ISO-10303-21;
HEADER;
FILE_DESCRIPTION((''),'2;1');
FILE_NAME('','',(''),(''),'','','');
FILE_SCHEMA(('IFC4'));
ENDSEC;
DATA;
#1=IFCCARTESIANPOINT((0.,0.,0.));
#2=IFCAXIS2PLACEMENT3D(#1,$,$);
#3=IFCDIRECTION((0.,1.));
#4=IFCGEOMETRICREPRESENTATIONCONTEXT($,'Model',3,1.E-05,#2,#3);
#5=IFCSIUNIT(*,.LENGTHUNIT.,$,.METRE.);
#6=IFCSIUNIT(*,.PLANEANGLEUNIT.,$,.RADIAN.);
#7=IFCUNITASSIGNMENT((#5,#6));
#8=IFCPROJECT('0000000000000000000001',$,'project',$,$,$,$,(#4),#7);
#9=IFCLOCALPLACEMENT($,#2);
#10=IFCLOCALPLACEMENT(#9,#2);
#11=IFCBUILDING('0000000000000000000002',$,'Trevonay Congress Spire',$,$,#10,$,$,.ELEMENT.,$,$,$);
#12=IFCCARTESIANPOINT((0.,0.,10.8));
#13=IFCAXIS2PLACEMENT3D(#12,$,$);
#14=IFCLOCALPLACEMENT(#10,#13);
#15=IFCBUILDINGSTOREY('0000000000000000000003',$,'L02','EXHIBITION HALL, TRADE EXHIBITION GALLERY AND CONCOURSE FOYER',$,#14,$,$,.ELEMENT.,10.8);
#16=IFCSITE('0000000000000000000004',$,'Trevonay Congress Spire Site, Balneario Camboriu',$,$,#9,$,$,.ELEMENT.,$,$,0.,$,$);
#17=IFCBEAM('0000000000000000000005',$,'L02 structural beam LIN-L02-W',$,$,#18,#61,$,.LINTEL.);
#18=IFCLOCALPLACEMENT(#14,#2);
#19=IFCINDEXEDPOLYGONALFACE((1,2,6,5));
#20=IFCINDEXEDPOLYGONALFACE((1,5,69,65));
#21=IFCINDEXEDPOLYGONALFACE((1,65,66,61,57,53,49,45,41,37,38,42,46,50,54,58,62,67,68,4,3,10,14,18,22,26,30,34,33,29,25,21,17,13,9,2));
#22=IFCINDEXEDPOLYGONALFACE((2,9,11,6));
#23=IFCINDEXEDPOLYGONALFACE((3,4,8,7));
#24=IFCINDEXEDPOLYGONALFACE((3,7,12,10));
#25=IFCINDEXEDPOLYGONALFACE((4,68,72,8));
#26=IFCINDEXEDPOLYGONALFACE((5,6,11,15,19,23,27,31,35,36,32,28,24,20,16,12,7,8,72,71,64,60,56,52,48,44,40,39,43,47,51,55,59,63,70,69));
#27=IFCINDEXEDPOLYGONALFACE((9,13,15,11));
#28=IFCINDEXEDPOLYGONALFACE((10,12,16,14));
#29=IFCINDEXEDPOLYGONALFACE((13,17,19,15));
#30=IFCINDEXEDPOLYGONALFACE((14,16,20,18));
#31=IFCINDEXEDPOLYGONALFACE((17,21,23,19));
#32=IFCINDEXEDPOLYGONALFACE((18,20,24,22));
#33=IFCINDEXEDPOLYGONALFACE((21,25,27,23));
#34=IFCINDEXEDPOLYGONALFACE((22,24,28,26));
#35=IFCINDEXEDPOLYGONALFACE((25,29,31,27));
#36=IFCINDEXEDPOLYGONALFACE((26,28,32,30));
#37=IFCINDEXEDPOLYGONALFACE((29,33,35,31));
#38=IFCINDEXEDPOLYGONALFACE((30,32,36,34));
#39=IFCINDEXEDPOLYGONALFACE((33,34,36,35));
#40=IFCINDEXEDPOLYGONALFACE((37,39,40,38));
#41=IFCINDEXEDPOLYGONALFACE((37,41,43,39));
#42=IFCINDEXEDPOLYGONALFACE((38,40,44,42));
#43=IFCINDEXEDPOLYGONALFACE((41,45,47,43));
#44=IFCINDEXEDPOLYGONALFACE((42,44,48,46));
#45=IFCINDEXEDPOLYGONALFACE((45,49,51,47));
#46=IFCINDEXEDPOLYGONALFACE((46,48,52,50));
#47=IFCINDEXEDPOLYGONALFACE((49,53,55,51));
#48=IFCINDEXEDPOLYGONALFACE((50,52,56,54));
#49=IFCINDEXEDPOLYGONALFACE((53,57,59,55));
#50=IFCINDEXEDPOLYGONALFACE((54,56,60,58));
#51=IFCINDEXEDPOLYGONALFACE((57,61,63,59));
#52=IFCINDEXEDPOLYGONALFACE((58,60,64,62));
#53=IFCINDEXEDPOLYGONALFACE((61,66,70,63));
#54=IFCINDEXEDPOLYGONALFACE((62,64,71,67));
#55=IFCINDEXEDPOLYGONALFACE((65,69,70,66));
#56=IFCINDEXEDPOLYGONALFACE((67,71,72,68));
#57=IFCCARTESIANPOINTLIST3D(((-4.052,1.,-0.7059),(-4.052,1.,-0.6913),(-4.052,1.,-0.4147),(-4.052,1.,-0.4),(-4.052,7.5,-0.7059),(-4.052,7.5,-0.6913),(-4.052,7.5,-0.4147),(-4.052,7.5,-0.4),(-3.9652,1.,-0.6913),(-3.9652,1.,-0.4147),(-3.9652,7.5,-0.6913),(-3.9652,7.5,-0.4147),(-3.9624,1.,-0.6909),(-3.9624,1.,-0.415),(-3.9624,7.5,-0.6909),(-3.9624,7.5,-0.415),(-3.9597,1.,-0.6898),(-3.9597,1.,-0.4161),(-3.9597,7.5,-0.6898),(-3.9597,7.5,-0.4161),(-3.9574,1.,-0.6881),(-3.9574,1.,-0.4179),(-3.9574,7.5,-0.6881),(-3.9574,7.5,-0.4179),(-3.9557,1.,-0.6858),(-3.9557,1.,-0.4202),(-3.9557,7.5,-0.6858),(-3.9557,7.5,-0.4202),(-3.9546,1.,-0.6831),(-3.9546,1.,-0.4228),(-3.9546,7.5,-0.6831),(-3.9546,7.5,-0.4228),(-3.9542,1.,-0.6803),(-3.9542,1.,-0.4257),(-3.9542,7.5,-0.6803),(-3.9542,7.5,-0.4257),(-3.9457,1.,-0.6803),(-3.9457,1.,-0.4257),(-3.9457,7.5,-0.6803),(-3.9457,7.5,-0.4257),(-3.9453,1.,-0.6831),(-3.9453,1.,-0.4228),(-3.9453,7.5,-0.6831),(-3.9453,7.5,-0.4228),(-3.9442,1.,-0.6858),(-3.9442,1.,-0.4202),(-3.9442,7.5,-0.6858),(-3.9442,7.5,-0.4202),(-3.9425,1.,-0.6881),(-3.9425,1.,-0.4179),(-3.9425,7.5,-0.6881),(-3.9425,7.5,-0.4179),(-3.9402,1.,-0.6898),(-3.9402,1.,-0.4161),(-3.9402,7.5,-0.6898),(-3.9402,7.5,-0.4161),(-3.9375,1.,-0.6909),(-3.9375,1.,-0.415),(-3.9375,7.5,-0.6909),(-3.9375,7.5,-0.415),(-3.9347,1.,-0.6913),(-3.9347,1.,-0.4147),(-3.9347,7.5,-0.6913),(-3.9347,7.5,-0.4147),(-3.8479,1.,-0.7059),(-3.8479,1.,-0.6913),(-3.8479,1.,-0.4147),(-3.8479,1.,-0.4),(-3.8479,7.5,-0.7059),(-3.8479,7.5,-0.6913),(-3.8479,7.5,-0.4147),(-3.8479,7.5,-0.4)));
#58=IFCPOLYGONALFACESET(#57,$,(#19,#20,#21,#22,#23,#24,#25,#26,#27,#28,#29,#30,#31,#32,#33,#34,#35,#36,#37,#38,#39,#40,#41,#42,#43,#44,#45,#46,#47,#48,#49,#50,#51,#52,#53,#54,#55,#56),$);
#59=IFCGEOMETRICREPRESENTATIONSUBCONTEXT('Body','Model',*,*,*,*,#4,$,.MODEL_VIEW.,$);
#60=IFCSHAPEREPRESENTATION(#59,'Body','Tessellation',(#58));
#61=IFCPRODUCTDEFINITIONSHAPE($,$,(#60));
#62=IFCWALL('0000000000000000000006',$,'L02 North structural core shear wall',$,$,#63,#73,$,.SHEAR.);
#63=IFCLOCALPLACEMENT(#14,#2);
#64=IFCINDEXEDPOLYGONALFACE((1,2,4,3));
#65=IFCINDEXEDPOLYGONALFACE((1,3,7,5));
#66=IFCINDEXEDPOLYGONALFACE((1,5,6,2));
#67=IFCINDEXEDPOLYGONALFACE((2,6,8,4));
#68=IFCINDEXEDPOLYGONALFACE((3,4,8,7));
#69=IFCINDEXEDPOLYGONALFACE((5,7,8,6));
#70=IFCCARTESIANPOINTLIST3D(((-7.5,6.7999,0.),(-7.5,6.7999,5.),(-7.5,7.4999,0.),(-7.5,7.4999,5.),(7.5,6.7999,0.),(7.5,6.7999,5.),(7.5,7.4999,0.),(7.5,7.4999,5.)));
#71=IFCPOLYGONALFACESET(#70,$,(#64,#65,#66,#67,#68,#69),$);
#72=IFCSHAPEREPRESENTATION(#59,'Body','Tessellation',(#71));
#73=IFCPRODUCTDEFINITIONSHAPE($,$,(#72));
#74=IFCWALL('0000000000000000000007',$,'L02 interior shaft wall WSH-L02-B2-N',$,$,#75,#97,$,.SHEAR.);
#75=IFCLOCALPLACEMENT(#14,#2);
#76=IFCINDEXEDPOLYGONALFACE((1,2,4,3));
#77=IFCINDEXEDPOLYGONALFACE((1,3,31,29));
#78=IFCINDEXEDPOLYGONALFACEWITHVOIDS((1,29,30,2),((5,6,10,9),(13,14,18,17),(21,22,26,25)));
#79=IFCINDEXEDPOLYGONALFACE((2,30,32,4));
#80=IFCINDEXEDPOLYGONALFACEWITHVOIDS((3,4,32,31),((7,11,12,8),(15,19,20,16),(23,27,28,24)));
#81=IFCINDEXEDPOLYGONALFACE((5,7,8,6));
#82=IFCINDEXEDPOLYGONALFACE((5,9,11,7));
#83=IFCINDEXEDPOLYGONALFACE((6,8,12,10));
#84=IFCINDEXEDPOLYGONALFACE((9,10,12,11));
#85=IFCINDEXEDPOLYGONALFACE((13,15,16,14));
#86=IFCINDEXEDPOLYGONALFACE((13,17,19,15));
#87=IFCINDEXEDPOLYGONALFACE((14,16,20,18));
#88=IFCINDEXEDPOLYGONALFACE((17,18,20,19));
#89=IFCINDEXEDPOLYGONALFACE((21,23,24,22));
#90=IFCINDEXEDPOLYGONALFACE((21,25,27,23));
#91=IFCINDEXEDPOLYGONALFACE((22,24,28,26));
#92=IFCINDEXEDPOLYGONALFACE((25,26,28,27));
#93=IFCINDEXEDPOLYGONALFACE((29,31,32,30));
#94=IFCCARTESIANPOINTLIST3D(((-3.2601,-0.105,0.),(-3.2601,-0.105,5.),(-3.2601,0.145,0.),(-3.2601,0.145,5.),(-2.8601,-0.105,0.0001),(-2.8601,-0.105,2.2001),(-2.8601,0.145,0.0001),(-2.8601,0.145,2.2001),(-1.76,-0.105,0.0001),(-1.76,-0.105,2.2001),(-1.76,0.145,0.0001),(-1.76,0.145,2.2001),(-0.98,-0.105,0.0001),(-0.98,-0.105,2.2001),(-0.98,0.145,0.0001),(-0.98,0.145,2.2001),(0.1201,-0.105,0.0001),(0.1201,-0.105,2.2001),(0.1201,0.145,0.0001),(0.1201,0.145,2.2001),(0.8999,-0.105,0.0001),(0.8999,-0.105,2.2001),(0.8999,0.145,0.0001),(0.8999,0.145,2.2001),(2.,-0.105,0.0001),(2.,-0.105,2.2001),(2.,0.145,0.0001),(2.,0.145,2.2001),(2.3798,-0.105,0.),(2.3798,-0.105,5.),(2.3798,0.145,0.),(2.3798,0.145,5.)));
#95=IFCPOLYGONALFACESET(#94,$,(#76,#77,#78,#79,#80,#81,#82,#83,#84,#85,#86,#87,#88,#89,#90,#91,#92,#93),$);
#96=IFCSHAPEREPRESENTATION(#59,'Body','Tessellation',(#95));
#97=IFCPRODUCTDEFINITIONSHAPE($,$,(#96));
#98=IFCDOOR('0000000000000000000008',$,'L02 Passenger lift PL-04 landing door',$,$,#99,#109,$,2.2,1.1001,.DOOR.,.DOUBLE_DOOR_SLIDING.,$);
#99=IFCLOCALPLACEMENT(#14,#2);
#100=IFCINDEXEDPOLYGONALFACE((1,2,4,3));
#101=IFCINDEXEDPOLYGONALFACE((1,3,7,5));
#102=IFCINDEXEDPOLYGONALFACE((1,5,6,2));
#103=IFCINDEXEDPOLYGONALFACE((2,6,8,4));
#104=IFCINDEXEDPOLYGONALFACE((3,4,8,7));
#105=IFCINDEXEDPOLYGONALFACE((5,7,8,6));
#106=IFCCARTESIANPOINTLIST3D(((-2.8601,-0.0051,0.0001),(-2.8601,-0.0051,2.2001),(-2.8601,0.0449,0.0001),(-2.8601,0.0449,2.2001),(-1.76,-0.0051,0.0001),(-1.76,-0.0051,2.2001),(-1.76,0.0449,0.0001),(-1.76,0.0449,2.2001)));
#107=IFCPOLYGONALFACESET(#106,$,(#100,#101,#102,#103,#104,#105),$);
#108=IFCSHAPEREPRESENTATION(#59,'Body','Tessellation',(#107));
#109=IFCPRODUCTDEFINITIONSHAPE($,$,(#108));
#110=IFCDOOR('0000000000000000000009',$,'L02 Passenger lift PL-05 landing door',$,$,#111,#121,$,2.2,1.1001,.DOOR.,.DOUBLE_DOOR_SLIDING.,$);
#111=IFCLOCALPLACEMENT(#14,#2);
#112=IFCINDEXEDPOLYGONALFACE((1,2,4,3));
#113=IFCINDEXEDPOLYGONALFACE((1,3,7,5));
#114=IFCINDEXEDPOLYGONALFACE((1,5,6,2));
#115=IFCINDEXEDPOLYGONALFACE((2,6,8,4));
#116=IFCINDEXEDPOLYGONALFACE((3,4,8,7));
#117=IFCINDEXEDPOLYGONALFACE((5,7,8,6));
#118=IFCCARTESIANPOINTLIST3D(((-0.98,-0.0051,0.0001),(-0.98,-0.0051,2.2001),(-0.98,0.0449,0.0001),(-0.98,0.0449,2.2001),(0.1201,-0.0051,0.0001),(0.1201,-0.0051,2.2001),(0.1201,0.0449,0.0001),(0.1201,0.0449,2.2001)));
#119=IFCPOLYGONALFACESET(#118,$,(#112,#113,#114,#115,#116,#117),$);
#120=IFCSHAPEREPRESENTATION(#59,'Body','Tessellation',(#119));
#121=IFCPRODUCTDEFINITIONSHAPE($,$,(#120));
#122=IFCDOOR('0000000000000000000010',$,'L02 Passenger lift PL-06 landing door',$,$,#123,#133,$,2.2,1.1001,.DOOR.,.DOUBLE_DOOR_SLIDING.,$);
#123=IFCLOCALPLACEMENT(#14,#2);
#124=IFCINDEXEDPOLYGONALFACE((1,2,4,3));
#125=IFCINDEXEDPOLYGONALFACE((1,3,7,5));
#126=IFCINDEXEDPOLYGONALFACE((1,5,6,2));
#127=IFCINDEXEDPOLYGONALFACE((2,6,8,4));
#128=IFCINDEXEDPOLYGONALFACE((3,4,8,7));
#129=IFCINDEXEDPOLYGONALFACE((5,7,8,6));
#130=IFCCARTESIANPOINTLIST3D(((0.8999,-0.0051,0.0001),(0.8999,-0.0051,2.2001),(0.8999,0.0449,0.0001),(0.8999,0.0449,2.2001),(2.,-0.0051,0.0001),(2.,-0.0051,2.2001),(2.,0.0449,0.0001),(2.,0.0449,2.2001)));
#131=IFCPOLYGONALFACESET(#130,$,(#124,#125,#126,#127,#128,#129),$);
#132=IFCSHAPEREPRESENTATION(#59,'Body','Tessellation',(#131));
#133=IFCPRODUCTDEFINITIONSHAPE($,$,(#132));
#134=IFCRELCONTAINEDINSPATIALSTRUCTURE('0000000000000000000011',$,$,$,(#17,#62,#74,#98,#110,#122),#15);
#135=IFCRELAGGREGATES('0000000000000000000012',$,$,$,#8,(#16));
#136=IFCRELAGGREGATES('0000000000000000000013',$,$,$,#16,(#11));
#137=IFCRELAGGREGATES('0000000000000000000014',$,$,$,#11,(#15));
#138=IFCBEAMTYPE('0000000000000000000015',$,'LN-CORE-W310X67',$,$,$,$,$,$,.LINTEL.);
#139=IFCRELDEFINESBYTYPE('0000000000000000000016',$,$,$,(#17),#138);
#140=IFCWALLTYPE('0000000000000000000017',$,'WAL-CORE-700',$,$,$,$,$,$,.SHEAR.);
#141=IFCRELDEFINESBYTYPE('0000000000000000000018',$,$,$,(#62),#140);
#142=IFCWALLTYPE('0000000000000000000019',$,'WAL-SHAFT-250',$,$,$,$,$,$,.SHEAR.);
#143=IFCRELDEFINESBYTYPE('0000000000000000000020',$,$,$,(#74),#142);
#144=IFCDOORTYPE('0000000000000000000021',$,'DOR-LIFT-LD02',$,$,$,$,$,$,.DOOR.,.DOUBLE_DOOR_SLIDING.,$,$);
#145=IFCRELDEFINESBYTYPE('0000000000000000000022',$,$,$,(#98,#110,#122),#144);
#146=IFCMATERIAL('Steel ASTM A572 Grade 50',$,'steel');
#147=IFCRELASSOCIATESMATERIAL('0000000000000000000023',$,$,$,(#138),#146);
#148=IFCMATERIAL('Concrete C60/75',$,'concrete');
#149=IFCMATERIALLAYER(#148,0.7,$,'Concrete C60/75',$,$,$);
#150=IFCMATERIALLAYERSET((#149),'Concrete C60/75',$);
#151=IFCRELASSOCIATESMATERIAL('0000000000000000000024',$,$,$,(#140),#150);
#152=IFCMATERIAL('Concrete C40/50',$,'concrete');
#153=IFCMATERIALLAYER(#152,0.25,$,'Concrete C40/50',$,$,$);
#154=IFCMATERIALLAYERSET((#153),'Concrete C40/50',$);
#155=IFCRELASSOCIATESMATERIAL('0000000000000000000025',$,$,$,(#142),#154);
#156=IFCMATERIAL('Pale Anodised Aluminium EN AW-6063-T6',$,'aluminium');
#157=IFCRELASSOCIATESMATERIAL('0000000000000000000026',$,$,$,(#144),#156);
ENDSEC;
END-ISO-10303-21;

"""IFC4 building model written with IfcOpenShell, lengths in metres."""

from ifc_helpers import new_model, si_unit, direction, frame, frame_2d, origin, origin_2d, place, context, subcontext, project, spatial, rectangle, i_section, extrude, material, layer, layer_set, material_profile, profile_set, type_object, element, fill, save


model = new_model("IFC4")

# Units and contexts
model_context = context("Model", 3, precision=1e-05, world=origin(), true_north=direction((0.0, 1.0)))
body_context = subcontext(model_context, "Body", "Model", "MODEL_VIEW")
ifc_project = project(units=[si_unit("LENGTHUNIT", "METRE"), si_unit("PLANEANGLEUNIT", "RADIAN")], contexts=[model_context])

# Site, building, storey
site_placement = place(None, origin())
site = spatial("IfcSite", under=ifc_project, at=site_placement, Name="Trevonay Congress Spire Site, Balneario Camboriu", CompositionType="ELEMENT", RefElevation=0.0)
building_placement = place(site_placement, origin())
building = spatial("IfcBuilding", under=site, at=building_placement, Name="Trevonay Congress Spire", CompositionType="ELEMENT")
storey_placement = place(building_placement, frame((0.0, 0.0, 10.8)))
storey = spatial("IfcBuildingStorey", under=building, at=storey_placement, Name="L02", Description="EXHIBITION HALL, TRADE EXHIBITION GALLERY AND CONCOURSE FOYER", CompositionType="ELEMENT", Elevation=10.8)

# Shared definitions
ifc_material_1 = material(Name="Steel ASTM A572 Grade 50", Category="steel")

# Beam
ifc_material_profile_1 = material_profile(ifc_material_1, i_section(OverallWidth=0.2041, OverallDepth=0.3059, WebThickness=0.0085, FlangeThickness=0.0146, FilletRadius=0.011, at=origin_2d()), Name="W310x67")
ifc_profile_set_1 = profile_set([ifc_material_profile_1], Name="Steel ASTM A572 Grade 50")
beam_type_1 = type_object("IfcBeamType", Name="LN-CORE-W310X67", PredefinedType="LINTEL", material=ifc_profile_set_1)
beam_1_placement = place(storey_placement, frame((-3.95, 1.0, -0.553), z_axis=(0.0, 1.0, 0.0), x_axis=(-1.0, 0.0, 0.0)))
element("IfcBeam", 1, at=beam_1_placement, inside=storey, type_object=beam_type_1, Name="L02 structural beam LIN-L02-W", PredefinedType="LINTEL", context=body_context, shape_type="SweptSolid", body=[
    extrude(i_section(OverallWidth=0.2041, OverallDepth=0.3059, WebThickness=0.0085, FlangeThickness=0.0146, FilletRadius=0.011, at=origin_2d()), origin(), (0.0, 0.0, 1.0), 6.5),
])

# Wall
ifc_material_2 = material(Name="Concrete C60/75", Category="concrete")
ifc_layer_1 = layer(ifc_material_2, 0.7, Name="Concrete C60/75")
ifc_layer_set_1 = layer_set([ifc_layer_1], Name="Concrete C60/75")
wall_type_1 = type_object("IfcWallType", Name="WAL-CORE-700", PredefinedType="SHEAR", material=ifc_layer_set_1)
wall_1_placement = place(storey_placement, frame((-7.5, 7.1499, 0.0), z_axis=(0.0, 0.0, 1.0), x_axis=(1.0, 0.0, 0.0)))
element("IfcWall", 2, at=wall_1_placement, inside=storey, type_object=wall_type_1, Name="L02 North structural core shear wall", PredefinedType="SHEAR", context=body_context, shape_type="SweptSolid", body=[
    extrude(rectangle(XDim=15.0, YDim=0.7, at=frame_2d((7.5, 0.0))), origin(), (0.0, 0.0, 1.0), 5.0),
])

# Wall, openings, doors
ifc_material_3 = material(Name="Concrete C40/50", Category="concrete")
ifc_layer_2 = layer(ifc_material_3, 0.25, Name="Concrete C40/50")
ifc_layer_set_2 = layer_set([ifc_layer_2], Name="Concrete C40/50")
wall_type_2 = type_object("IfcWallType", Name="WAL-SHAFT-250", PredefinedType="SHEAR", material=ifc_layer_set_2)
wall_2_placement = place(storey_placement, frame((-3.26, 0.02, 0.0), z_axis=(0.0, 0.0, 1.0), x_axis=(1.0, 0.0, 0.0)))
wall_2 = element("IfcWall", 3, at=wall_2_placement, inside=storey, type_object=wall_type_2, Name="L02 interior shaft wall WSH-L02-B2-N", PredefinedType="SHEAR", context=body_context, shape_type="SweptSolid", body=[
    extrude(rectangle(XDim=5.6399, YDim=0.25, at=frame_2d((2.8198, 0.0))), origin(), (0.0, 0.0, 1.0), 5.0),
])
opening_1_placement = place(wall_2_placement, frame((0.3999, 0.0, 0.0)))
opening_1 = element("IfcOpeningElement", 4, at=opening_1_placement, cuts=wall_2, PredefinedType="OPENING", context=body_context, shape_type="SweptSolid", body=[
    extrude(rectangle(XDim=1.1001, YDim=2.2, at=frame_2d((0.55, 1.1001))), frame((0.0, 0.135, 0.0), z_axis=(0.0, -1.0, 0.0), x_axis=(1.0, 0.0, 0.0)), (0.0, 0.0, 1.0), 0.27),
])
opening_2_placement = place(wall_2_placement, frame((2.28, 0.0, 0.0)))
opening_2 = element("IfcOpeningElement", 5, at=opening_2_placement, cuts=wall_2, PredefinedType="OPENING", context=body_context, shape_type="SweptSolid", body=[
    extrude(rectangle(XDim=1.1001, YDim=2.2, at=frame_2d((0.55, 1.1001))), frame((0.0, 0.135, 0.0), z_axis=(0.0, -1.0, 0.0), x_axis=(1.0, 0.0, 0.0)), (0.0, 0.0, 1.0), 0.27),
])
opening_3_placement = place(wall_2_placement, frame((4.1599, 0.0, 0.0)))
opening_3 = element("IfcOpeningElement", 6, at=opening_3_placement, cuts=wall_2, PredefinedType="OPENING", context=body_context, shape_type="SweptSolid", body=[
    extrude(rectangle(XDim=1.1001, YDim=2.2, at=frame_2d((0.55, 1.1001))), frame((0.0, 0.135, 0.0), z_axis=(0.0, -1.0, 0.0), x_axis=(1.0, 0.0, 0.0)), (0.0, 0.0, 1.0), 0.27),
])
ifc_material_4 = material(Name="Pale Anodised Aluminium EN AW-6063-T6", Category="aluminium")
door_type_1 = type_object("IfcDoorType", Name="DOR-LIFT-LD02", OperationType="DOUBLE_DOOR_SLIDING", PredefinedType="DOOR", material=ifc_material_4)
door_1_placement = place(opening_1_placement, origin())
door_1 = element("IfcDoor", 7, at=door_1_placement, inside=storey, type_object=door_type_1, Name="L02 Passenger lift PL-04 landing door", OperationType="DOUBLE_DOOR_SLIDING", OverallHeight=2.2, OverallWidth=1.1001, PredefinedType="DOOR", context=body_context, shape_type="SweptSolid", body=[
    extrude(rectangle(XDim=1.1001, YDim=2.2, at=frame_2d((0.55, 1.1001))), frame((0.0, 0.0249, 0.0), z_axis=(0.0, -1.0, 0.0), x_axis=(1.0, 0.0, 0.0)), (0.0, 0.0, 1.0), 0.05),
])
fill(opening_1, door_1)
door_2_placement = place(opening_2_placement, origin())
door_2 = element("IfcDoor", 8, at=door_2_placement, inside=storey, type_object=door_type_1, Name="L02 Passenger lift PL-05 landing door", OperationType="DOUBLE_DOOR_SLIDING", OverallHeight=2.2, OverallWidth=1.1001, PredefinedType="DOOR", context=body_context, shape_type="SweptSolid", body=[
    extrude(rectangle(XDim=1.1001, YDim=2.2, at=frame_2d((0.55, 1.1001))), frame((0.0, 0.0249, 0.0), z_axis=(0.0, -1.0, 0.0), x_axis=(1.0, 0.0, 0.0)), (0.0, 0.0, 1.0), 0.05),
])
fill(opening_2, door_2)
door_3_placement = place(opening_3_placement, origin())
door_3 = element("IfcDoor", 9, at=door_3_placement, inside=storey, type_object=door_type_1, Name="L02 Passenger lift PL-06 landing door", OperationType="DOUBLE_DOOR_SLIDING", OverallHeight=2.2, OverallWidth=1.1001, PredefinedType="DOOR", context=body_context, shape_type="SweptSolid", body=[
    extrude(rectangle(XDim=1.1001, YDim=2.2, at=frame_2d((0.55, 1.1001))), frame((0.0, 0.0249, 0.0), z_axis=(0.0, -1.0, 0.0), x_axis=(1.0, 0.0, 0.0)), (0.0, 0.0, 1.0), 0.05),
])
fill(opening_3, door_3)

save(model, "model.ifc")
